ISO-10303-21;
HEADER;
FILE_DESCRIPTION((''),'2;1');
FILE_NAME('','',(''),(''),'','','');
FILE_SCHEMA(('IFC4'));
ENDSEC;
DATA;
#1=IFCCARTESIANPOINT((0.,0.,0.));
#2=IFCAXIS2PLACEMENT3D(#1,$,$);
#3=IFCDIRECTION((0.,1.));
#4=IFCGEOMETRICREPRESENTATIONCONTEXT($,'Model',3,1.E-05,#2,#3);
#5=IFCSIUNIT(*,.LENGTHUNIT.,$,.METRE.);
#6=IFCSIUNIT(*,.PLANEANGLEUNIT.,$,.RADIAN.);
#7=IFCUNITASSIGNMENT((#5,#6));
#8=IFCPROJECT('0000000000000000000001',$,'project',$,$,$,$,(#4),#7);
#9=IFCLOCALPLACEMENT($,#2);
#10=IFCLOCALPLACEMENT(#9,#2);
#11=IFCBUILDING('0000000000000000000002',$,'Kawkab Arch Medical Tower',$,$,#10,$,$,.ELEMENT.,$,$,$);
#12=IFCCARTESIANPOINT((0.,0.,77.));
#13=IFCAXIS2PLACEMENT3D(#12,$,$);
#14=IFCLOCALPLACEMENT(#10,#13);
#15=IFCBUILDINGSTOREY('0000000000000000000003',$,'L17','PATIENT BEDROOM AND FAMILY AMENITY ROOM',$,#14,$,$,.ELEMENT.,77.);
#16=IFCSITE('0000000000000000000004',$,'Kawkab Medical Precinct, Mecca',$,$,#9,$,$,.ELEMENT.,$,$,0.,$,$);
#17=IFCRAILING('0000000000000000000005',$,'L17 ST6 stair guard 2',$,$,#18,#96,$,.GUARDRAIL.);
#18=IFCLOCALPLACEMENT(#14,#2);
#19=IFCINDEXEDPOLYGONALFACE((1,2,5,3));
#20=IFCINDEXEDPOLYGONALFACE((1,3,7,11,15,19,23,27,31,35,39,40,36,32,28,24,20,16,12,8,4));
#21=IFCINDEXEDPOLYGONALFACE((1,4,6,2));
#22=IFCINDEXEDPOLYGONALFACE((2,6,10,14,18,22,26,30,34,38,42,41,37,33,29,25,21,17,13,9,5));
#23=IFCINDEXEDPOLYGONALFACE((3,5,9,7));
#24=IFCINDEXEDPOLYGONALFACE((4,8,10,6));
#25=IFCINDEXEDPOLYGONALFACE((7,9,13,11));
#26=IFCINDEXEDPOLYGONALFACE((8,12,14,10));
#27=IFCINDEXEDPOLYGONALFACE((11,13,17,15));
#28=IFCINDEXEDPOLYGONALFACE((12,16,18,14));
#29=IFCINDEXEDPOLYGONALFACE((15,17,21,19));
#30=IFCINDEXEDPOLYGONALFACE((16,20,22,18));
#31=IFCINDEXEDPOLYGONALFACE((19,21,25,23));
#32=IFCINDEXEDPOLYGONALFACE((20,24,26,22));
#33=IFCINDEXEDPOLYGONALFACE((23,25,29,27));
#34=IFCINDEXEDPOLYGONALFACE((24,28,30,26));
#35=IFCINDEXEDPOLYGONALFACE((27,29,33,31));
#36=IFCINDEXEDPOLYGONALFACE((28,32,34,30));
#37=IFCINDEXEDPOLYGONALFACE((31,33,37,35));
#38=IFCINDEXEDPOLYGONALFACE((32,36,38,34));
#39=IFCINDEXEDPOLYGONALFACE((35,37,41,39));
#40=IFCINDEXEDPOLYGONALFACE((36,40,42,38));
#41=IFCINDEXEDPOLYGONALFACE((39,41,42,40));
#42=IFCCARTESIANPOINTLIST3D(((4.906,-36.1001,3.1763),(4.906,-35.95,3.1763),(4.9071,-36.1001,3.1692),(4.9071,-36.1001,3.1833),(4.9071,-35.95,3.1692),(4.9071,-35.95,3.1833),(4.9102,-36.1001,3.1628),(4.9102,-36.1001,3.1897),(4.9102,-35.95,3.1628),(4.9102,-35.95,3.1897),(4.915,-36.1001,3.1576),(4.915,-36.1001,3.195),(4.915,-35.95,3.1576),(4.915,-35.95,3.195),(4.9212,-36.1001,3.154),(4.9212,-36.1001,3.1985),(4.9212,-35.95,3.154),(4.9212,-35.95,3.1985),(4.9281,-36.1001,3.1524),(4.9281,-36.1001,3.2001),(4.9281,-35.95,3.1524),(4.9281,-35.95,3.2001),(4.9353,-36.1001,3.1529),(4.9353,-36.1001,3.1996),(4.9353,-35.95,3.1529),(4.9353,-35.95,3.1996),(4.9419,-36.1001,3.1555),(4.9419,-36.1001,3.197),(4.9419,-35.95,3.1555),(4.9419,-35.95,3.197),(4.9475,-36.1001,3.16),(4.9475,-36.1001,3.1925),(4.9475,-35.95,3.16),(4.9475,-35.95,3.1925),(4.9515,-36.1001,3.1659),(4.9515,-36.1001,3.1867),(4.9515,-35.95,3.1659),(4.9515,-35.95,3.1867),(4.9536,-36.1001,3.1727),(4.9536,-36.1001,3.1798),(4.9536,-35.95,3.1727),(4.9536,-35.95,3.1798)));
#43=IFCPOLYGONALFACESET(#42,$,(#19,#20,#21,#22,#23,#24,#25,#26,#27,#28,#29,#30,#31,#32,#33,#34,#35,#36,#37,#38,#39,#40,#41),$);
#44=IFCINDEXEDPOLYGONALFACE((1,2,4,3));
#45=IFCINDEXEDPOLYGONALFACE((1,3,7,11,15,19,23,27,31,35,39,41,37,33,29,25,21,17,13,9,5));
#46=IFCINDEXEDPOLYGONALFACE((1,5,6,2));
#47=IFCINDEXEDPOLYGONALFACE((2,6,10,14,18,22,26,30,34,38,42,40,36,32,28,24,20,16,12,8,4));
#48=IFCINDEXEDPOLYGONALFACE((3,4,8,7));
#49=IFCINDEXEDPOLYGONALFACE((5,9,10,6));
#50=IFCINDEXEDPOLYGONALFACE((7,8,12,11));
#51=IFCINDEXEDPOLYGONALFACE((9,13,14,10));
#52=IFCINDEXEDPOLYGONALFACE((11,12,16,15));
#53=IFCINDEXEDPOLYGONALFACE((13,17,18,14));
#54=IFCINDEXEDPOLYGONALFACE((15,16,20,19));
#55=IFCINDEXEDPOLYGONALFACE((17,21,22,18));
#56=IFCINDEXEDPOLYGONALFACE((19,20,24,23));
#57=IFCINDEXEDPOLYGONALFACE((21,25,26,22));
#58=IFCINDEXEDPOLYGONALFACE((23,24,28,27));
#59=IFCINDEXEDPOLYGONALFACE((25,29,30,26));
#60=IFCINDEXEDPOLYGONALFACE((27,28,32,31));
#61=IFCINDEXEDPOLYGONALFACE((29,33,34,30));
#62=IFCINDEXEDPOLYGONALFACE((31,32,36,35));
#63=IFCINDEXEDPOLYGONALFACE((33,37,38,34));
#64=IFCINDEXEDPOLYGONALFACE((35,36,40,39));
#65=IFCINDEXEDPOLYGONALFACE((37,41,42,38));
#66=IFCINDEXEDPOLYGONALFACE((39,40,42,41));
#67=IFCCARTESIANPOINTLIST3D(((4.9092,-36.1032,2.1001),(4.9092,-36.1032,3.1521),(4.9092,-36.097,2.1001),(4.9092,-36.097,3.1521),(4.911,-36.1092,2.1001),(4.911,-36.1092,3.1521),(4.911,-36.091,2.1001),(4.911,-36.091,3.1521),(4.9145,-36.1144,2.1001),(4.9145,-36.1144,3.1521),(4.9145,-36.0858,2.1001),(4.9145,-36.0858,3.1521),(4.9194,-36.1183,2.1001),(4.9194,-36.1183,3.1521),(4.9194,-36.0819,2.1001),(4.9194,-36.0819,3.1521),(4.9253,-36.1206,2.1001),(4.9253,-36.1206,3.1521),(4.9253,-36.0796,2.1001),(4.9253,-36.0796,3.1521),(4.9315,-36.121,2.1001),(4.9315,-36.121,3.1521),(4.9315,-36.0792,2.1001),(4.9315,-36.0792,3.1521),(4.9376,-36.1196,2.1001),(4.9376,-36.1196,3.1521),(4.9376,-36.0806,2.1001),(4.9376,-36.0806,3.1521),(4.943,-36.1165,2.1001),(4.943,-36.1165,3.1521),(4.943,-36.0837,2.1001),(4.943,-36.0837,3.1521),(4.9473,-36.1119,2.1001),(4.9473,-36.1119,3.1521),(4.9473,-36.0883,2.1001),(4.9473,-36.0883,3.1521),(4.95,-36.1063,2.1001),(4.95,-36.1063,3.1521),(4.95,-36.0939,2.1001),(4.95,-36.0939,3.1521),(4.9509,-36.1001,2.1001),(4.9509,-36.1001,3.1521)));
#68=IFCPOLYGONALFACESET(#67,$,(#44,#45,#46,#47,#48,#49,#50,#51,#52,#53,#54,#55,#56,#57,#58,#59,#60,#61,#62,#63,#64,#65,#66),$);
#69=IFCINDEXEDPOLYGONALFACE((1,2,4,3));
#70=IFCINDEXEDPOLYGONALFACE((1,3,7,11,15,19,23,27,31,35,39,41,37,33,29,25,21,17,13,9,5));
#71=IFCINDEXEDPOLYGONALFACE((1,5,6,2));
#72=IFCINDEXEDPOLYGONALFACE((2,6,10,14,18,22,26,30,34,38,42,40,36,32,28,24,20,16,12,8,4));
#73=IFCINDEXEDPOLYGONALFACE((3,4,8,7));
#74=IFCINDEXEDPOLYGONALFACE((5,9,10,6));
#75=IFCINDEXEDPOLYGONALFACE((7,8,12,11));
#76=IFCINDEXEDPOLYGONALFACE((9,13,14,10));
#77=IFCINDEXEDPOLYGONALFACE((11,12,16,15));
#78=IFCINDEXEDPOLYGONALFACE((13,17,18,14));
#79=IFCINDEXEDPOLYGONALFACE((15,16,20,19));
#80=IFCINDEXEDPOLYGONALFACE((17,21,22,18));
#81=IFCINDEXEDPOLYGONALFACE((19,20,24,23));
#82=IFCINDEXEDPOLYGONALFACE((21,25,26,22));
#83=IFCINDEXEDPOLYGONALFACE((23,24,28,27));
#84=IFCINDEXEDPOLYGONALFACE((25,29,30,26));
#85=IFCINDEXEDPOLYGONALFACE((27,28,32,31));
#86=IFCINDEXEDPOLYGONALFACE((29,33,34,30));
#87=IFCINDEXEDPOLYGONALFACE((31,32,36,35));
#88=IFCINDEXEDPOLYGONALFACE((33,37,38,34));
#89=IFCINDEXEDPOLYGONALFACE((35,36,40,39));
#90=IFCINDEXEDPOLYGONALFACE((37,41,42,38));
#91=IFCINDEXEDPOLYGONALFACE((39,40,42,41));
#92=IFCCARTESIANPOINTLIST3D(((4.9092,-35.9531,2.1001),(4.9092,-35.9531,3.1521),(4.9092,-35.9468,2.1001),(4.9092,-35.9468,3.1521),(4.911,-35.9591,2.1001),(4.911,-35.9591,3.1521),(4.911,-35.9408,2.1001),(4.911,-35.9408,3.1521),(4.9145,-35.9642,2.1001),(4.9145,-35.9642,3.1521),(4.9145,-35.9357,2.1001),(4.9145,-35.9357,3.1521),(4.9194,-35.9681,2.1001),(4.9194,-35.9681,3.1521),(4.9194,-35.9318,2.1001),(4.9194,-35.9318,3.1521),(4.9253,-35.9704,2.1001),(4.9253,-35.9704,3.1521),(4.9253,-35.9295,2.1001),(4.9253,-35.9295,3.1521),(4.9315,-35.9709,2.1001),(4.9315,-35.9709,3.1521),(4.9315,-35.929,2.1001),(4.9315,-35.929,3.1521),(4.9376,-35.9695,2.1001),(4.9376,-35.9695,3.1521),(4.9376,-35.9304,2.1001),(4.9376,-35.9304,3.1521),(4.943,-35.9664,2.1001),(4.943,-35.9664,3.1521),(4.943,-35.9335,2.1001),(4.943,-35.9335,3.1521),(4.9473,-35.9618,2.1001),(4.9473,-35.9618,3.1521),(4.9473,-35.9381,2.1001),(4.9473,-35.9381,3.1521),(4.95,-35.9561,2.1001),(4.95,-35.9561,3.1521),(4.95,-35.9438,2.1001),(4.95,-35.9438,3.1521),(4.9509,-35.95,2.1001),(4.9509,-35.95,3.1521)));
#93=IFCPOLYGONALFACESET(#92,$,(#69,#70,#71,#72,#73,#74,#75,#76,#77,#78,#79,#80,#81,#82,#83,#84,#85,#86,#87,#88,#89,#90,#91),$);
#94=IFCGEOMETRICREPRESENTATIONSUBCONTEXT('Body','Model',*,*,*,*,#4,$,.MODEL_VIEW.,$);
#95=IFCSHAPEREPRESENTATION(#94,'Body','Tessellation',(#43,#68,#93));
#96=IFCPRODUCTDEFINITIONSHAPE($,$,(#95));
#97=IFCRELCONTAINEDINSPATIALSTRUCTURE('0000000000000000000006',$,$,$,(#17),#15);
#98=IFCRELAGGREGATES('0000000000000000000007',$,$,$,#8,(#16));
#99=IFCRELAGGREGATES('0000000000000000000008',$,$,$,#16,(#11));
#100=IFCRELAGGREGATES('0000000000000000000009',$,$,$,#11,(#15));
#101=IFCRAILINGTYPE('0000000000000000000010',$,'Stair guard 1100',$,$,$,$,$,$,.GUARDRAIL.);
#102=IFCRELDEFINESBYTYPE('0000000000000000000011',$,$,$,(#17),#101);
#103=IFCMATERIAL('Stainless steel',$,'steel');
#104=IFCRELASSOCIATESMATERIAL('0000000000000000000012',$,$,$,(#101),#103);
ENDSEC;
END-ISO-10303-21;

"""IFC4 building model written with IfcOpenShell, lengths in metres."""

from ifc_helpers import new_model, si_unit, direction, frame, origin, origin_2d, place, context, subcontext, project, spatial, circle, extrude, material, type_object, element, save


model = new_model("IFC4")

# Units and contexts
model_context = context("Model", 3, precision=1e-05, world=origin(), true_north=direction((0.0, 1.0)))
body_context = subcontext(model_context, "Body", "Model", "MODEL_VIEW")
ifc_project = project(units=[si_unit("LENGTHUNIT", "METRE"), si_unit("PLANEANGLEUNIT", "RADIAN")], contexts=[model_context])

# Site, building, storey
site_placement = place(None, origin())
site = spatial("IfcSite", under=ifc_project, at=site_placement, Name="Kawkab Medical Precinct, Mecca", CompositionType="ELEMENT", RefElevation=0.0)
building_placement = place(site_placement, origin())
building = spatial("IfcBuilding", under=site, at=building_placement, Name="Kawkab Arch Medical Tower", CompositionType="ELEMENT")
storey_placement = place(building_placement, frame((0.0, 0.0, 77.0)))
storey = spatial("IfcBuildingStorey", under=building, at=storey_placement, Name="L17", Description="PATIENT BEDROOM AND FAMILY AMENITY ROOM", CompositionType="ELEMENT", Elevation=77.0)

# Railing
ifc_material_1 = material(Name="Stainless steel", Category="steel")
railing_type = type_object("IfcRailingType", Name="Stair guard 1100", PredefinedType="GUARDRAIL", material=ifc_material_1)
railing_1_placement = place(storey_placement, frame((4.9299, -36.1001, 2.1001)))
element("IfcRailing", 1, at=railing_1_placement, inside=storey, type_object=railing_type, Name="L17 ST6 stair guard 2", PredefinedType="GUARDRAIL", context=body_context, shape_type="SweptSolid", body=[
    extrude(circle(Radius=0.0239, at=origin_2d()), frame((0.0, 0.0, 1.0762), z_axis=(0.0, 1.0, 0.0), x_axis=(-1.0, 0.0, 0.0)), (0.0, 0.0, 1.0), 0.1501),
    extrude(circle(Radius=0.021, at=origin_2d()), origin(), (0.0, 0.0, 1.0), 1.052),
    extrude(circle(Radius=0.021, at=origin_2d()), frame((0.0, 0.1501, 0.0)), (0.0, 0.0, 1.0), 1.052),
])

save(model, "model.ifc")
